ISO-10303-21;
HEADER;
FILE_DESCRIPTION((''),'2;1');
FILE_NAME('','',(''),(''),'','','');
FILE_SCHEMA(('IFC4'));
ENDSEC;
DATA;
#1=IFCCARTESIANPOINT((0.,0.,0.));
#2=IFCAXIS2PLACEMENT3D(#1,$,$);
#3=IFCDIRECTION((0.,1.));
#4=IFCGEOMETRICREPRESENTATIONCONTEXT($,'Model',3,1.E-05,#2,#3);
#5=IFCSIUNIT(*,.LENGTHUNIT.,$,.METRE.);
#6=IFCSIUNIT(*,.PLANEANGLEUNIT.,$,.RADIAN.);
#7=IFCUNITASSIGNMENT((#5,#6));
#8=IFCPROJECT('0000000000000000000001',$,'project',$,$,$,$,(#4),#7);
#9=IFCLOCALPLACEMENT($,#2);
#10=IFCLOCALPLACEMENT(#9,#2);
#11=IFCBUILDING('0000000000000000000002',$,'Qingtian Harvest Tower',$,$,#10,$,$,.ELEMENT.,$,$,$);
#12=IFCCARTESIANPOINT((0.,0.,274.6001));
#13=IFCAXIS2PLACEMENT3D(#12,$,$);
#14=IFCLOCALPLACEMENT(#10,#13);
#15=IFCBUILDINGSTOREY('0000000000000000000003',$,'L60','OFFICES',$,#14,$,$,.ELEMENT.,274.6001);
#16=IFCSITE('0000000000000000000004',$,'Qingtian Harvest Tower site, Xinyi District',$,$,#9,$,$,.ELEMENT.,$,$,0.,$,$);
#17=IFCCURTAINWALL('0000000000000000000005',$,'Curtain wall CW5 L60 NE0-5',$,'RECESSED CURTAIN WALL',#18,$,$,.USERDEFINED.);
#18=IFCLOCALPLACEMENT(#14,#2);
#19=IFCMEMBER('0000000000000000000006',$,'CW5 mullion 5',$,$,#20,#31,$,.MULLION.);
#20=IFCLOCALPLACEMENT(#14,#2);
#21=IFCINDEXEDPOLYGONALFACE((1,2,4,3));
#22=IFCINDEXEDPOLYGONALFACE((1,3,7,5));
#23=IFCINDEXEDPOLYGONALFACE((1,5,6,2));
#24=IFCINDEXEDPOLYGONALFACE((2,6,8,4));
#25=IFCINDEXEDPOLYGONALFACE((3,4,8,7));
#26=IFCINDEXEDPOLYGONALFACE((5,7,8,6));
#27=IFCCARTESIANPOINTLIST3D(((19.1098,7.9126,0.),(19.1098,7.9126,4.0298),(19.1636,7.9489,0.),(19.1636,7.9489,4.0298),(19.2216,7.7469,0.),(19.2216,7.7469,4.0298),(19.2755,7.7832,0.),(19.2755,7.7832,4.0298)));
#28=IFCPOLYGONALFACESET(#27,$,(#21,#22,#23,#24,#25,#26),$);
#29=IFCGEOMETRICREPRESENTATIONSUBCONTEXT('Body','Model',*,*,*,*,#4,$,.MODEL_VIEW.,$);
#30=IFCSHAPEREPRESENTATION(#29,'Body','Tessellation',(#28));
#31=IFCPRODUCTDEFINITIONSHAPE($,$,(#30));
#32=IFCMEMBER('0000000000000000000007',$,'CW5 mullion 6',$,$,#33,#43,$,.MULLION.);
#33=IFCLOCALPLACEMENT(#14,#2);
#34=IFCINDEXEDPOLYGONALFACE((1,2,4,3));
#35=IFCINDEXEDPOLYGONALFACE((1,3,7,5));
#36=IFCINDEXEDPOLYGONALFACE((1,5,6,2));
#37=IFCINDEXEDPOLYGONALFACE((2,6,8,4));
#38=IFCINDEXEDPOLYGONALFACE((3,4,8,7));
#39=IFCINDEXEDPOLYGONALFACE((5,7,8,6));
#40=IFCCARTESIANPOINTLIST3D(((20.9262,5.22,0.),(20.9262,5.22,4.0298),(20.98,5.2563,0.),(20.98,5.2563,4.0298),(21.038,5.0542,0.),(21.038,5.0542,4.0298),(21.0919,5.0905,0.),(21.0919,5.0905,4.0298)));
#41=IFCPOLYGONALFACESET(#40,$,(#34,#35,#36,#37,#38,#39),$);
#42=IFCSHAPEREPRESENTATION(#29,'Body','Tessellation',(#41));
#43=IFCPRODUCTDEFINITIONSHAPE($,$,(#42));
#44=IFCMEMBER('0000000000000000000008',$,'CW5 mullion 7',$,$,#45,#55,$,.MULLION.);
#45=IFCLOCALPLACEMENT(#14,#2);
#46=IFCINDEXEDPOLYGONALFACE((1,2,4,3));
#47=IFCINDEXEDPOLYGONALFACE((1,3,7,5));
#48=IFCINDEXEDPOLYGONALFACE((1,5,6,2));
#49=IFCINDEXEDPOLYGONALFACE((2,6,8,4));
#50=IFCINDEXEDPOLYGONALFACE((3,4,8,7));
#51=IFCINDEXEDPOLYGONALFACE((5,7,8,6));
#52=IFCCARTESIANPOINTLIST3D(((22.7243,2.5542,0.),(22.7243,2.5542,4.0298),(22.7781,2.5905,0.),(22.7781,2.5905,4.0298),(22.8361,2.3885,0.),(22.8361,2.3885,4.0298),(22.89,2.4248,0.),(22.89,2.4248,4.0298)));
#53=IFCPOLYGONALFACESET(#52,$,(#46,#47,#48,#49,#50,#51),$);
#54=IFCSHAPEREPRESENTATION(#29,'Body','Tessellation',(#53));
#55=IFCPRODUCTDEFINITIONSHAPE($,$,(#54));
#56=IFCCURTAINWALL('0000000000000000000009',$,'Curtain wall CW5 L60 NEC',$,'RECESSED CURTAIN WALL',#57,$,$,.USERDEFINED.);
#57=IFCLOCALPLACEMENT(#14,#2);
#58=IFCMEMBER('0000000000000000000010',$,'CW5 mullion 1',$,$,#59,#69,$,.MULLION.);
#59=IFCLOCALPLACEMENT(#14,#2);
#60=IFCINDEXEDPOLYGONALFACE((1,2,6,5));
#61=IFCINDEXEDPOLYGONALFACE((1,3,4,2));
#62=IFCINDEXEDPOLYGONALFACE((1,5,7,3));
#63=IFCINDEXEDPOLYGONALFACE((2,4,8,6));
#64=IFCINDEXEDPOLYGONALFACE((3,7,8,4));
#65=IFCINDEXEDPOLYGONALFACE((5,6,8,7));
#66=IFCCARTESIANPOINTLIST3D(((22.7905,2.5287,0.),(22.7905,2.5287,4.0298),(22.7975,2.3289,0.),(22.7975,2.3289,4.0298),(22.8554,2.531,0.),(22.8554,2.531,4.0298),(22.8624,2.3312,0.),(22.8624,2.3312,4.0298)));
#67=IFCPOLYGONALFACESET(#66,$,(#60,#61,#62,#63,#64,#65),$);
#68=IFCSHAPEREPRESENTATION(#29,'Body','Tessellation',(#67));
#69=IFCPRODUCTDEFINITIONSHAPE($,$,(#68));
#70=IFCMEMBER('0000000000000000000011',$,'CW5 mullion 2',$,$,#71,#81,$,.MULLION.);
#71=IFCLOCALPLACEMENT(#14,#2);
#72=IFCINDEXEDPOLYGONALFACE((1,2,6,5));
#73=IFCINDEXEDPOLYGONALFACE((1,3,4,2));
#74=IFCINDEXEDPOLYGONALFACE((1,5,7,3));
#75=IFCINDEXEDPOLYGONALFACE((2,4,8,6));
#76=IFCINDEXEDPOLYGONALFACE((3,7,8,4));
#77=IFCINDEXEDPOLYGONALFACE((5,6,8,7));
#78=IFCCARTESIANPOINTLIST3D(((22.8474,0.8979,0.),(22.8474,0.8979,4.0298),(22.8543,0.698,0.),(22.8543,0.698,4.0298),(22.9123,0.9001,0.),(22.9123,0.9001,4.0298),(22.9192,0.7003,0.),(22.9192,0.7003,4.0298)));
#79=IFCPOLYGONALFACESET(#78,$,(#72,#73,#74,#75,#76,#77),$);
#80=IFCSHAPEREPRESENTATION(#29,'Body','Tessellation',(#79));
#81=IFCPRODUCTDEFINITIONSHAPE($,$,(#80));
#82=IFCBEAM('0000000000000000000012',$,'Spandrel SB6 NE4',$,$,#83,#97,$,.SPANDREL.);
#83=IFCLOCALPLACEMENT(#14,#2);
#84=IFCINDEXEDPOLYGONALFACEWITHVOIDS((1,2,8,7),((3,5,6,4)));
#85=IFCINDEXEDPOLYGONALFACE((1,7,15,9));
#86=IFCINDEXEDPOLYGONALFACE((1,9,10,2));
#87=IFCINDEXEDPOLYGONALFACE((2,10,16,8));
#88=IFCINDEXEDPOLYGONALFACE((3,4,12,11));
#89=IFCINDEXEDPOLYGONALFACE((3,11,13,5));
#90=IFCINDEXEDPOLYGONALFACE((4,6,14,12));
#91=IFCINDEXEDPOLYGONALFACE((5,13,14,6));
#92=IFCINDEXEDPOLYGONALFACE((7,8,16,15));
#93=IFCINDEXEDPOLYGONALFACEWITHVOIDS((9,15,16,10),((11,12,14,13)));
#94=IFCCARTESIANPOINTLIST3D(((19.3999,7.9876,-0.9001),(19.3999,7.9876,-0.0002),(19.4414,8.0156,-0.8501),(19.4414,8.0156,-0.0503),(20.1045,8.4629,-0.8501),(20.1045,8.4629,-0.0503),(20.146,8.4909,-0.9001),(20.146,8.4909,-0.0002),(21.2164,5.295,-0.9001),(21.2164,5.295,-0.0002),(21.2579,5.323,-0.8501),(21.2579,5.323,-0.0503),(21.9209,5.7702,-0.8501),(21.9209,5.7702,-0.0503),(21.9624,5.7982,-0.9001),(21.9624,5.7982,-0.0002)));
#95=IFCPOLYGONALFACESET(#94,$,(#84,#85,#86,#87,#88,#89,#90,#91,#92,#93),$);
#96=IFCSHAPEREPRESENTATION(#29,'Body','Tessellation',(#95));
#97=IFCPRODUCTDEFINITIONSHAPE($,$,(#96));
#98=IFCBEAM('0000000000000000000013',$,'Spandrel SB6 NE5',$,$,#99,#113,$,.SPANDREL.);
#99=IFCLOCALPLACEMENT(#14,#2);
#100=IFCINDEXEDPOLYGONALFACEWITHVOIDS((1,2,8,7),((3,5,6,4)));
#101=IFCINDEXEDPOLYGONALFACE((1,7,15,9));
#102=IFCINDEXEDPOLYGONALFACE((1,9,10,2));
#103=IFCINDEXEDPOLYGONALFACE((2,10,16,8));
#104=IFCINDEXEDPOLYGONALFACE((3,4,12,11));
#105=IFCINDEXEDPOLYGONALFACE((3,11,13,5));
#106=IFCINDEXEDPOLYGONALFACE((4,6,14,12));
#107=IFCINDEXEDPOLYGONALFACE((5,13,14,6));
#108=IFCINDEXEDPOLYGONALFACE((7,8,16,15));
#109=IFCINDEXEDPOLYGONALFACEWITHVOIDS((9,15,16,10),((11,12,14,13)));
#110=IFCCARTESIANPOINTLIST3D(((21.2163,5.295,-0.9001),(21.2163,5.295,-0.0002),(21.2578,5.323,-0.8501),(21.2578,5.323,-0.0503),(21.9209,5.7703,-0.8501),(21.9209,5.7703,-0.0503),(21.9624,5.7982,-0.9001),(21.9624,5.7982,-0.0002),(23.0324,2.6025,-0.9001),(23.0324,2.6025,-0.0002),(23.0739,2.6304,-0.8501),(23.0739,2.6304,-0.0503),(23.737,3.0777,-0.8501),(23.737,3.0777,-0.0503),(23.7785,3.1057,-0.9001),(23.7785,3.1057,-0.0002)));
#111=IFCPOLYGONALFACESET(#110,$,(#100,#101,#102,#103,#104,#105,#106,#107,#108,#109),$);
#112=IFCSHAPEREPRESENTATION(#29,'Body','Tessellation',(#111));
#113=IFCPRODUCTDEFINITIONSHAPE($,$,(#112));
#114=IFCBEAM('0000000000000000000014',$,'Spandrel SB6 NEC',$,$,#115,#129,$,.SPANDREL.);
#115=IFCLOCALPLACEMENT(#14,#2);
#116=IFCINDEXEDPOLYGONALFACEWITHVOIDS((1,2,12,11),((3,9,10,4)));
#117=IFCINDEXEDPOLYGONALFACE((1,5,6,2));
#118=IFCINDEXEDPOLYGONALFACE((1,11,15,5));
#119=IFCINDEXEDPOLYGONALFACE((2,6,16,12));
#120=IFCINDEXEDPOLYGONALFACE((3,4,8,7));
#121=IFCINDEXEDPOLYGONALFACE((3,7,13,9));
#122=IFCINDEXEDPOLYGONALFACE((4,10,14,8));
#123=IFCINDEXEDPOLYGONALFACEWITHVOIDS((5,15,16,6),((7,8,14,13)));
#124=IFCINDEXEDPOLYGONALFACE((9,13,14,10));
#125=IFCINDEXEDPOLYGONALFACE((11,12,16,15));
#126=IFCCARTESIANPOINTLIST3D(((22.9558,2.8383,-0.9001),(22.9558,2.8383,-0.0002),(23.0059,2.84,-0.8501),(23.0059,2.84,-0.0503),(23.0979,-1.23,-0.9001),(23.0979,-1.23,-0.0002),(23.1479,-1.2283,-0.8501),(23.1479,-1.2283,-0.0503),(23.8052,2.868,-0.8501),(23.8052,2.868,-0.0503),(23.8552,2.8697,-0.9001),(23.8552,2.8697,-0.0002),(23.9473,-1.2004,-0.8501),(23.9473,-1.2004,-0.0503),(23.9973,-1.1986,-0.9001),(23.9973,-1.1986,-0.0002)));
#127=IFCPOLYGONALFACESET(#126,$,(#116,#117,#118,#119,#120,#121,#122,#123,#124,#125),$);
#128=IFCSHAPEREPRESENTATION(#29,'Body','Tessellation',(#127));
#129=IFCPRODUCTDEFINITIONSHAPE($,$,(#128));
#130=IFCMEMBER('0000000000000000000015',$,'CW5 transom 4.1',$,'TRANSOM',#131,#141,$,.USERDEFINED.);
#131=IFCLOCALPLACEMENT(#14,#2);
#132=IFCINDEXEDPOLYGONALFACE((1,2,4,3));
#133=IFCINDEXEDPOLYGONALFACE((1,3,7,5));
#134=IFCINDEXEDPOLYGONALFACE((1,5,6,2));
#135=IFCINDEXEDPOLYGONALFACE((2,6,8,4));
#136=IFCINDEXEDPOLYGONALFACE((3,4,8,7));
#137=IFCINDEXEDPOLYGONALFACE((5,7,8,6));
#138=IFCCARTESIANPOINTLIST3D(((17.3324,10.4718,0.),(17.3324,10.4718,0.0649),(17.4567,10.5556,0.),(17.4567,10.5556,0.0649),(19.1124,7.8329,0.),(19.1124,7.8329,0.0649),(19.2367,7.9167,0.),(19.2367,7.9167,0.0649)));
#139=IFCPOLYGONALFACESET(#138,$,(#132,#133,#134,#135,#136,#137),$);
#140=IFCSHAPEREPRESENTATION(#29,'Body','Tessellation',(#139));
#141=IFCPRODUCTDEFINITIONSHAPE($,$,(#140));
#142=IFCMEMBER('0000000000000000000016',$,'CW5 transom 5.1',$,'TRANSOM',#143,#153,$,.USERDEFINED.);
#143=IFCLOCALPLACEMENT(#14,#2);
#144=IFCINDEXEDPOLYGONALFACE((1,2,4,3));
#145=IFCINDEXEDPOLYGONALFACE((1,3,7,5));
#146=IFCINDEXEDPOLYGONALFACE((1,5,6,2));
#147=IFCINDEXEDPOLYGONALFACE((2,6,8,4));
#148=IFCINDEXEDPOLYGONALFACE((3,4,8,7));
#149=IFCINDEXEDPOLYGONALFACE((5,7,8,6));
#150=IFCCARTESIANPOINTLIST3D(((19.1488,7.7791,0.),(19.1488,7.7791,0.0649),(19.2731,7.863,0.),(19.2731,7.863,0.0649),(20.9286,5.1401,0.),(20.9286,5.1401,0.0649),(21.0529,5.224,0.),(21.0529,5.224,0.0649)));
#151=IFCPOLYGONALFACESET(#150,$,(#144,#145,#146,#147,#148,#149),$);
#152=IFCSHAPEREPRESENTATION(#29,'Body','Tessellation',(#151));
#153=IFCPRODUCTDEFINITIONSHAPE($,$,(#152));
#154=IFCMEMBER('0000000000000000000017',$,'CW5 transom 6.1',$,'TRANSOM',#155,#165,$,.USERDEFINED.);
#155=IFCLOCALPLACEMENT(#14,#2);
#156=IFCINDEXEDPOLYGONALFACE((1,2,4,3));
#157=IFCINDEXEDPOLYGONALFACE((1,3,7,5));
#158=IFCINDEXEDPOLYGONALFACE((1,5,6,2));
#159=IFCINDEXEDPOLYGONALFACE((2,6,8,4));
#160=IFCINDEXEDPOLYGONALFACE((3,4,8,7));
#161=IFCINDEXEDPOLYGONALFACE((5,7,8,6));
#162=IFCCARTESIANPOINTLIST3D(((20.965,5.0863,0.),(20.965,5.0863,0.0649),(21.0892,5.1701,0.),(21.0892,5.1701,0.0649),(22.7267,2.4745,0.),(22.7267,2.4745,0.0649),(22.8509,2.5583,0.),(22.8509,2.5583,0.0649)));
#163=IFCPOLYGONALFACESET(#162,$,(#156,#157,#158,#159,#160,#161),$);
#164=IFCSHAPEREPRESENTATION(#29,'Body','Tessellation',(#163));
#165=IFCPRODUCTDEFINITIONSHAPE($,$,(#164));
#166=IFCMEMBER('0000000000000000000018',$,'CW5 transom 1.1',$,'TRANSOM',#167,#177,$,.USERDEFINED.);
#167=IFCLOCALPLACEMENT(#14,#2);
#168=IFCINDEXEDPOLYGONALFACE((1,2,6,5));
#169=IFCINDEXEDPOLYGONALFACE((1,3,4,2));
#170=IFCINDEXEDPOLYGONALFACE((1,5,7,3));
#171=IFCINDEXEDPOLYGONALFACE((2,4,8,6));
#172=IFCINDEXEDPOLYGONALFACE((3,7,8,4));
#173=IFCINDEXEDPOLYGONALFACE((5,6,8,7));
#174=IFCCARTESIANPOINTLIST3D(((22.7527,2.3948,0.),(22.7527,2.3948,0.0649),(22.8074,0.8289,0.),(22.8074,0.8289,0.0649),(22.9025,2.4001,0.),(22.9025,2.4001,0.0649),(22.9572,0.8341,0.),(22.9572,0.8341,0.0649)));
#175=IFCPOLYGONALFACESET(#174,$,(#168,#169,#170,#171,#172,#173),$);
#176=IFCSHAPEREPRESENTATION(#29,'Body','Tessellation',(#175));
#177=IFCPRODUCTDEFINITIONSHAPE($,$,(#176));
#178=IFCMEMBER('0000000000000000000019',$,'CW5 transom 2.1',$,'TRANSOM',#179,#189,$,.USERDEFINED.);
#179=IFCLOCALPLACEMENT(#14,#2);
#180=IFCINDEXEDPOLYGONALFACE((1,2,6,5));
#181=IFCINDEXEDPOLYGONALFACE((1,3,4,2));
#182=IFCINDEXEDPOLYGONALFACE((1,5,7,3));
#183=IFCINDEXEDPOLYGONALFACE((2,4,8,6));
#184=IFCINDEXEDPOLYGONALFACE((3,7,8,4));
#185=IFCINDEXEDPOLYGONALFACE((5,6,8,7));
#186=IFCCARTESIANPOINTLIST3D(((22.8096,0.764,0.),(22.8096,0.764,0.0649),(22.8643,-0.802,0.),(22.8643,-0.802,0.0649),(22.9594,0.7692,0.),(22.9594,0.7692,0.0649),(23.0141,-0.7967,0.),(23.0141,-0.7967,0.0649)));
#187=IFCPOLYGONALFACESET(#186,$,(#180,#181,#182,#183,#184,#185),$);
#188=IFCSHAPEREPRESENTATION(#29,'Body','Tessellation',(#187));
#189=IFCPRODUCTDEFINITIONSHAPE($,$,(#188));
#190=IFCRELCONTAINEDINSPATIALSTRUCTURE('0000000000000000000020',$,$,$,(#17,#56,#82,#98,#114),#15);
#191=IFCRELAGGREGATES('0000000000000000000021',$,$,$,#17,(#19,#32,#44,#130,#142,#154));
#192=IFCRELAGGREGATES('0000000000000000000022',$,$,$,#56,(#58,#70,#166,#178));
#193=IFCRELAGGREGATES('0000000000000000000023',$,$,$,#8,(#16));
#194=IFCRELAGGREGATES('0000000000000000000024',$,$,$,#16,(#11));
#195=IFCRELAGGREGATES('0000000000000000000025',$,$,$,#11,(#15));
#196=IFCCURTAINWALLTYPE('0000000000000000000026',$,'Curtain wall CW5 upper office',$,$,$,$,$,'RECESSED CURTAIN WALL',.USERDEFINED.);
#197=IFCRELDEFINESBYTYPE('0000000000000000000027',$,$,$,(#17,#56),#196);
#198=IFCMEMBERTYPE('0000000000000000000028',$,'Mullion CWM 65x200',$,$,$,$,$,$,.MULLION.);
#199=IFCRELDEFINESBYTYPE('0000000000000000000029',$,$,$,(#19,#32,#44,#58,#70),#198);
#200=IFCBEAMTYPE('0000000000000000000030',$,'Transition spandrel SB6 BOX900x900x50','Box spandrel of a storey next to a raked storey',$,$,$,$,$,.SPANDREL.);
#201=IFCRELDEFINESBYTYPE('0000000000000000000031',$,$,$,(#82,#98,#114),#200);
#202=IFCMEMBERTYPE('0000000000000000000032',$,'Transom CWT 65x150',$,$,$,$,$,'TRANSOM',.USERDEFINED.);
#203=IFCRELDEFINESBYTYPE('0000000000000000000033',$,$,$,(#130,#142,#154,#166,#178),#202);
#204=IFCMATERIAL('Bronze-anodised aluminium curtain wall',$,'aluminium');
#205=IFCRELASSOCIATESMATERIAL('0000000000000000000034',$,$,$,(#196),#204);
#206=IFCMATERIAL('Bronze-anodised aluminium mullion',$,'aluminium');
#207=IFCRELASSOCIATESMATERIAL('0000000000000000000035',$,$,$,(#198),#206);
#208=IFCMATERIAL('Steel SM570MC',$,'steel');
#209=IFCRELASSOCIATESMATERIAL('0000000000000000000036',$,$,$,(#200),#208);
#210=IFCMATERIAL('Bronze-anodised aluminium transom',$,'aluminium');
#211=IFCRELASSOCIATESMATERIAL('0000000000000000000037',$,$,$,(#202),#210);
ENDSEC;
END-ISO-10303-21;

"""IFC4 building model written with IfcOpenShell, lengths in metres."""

from ifc_helpers import new_model, si_unit, direction, frame, origin, origin_2d, place, context, subcontext, project, spatial, rectangle, hollow_rectangle, extrude, material, material_profile, profile_set, type_object, element, aggregate, save


model = new_model("IFC4")

# Units and contexts
model_context = context("Model", 3, precision=1e-05, world=origin(), true_north=direction((0.0, 1.0)))
body_context = subcontext(model_context, "Body", "Model", "MODEL_VIEW")
ifc_project = project(units=[si_unit("LENGTHUNIT", "METRE"), si_unit("PLANEANGLEUNIT", "RADIAN")], contexts=[model_context])

# Site, building, storey
site_placement = place(None, origin())
site = spatial("IfcSite", under=ifc_project, at=site_placement, Name="Qingtian Harvest Tower site, Xinyi District", CompositionType="ELEMENT", RefElevation=0.0)
building_placement = place(site_placement, origin())
building = spatial("IfcBuilding", under=site, at=building_placement, Name="Qingtian Harvest Tower", CompositionType="ELEMENT")
storey_placement = place(building_placement, frame((0.0, 0.0, 274.6001)))
storey = spatial("IfcBuildingStorey", under=building, at=storey_placement, Name="L60", Description="OFFICES", CompositionType="ELEMENT", Elevation=274.6001)

# Curtain walls, members
ifc_material_1 = material(Name="Bronze-anodised aluminium curtain wall", Category="aluminium")
curtain_wall_type = type_object("IfcCurtainWallType", Name="Curtain wall CW5 upper office", ElementType="RECESSED CURTAIN WALL", PredefinedType="USERDEFINED", material=ifc_material_1)
curtain_wall_1_placement = place(storey_placement, origin())
curtain_wall_1 = element("IfcCurtainWall", 1, at=curtain_wall_1_placement, inside=storey, type_object=curtain_wall_type, Name="Curtain wall CW5 L60 NE0-5", ObjectType="RECESSED CURTAIN WALL", PredefinedType="USERDEFINED")
ifc_material_2 = material(Name="Bronze-anodised aluminium mullion", Category="aluminium")
ifc_material_profile_1 = material_profile(ifc_material_2, rectangle(XDim=0.0649, YDim=0.2, at=origin_2d()), Name="AL 65x200")
ifc_profile_set_1 = profile_set([ifc_material_profile_1], Name="Bronze-anodised aluminium mullion")
member_type_1 = type_object("IfcMemberType", Name="Mullion CWM 65x200", PredefinedType="MULLION", material=ifc_profile_set_1)
member_1_placement = place(storey_placement, frame((19.1926, 7.8479, 0.0), z_axis=(0.0, 0.0, 1.0), x_axis=(0.829038, 0.559193, 0.0)))
member_1 = element("IfcMember", 2, at=member_1_placement, type_object=member_type_1, Name="CW5 mullion 5", PredefinedType="MULLION", context=body_context, shape_type="SweptSolid", body=[
    extrude(rectangle(XDim=0.0649, YDim=0.2, at=origin_2d()), origin(), (0.0, 0.0, 1.0), 4.0298),
])
member_2_placement = place(storey_placement, frame((21.009, 5.1553, 0.0), z_axis=(0.0, 0.0, 1.0), x_axis=(0.829038, 0.559193, 0.0)))
member_2 = element("IfcMember", 3, at=member_2_placement, type_object=member_type_1, Name="CW5 mullion 6", PredefinedType="MULLION", context=body_context, shape_type="SweptSolid", body=[
    extrude(rectangle(XDim=0.0649, YDim=0.2, at=origin_2d()), origin(), (0.0, 0.0, 1.0), 4.0298),
])
member_3_placement = place(storey_placement, frame((22.8071, 2.4895, 0.0), z_axis=(0.0, 0.0, 1.0), x_axis=(0.829038, 0.559193, 0.0)))
member_3 = element("IfcMember", 4, at=member_3_placement, type_object=member_type_1, Name="CW5 mullion 7", PredefinedType="MULLION", context=body_context, shape_type="SweptSolid", body=[
    extrude(rectangle(XDim=0.0649, YDim=0.2, at=origin_2d()), origin(), (0.0, 0.0, 1.0), 4.0298),
])
curtain_wall_2_placement = place(storey_placement, origin())
curtain_wall_2 = element("IfcCurtainWall", 5, at=curtain_wall_2_placement, inside=storey, type_object=curtain_wall_type, Name="Curtain wall CW5 L60 NEC", ObjectType="RECESSED CURTAIN WALL", PredefinedType="USERDEFINED")
member_4_placement = place(storey_placement, frame((22.8264, 2.4299, 0.0), z_axis=(0.0, 0.0, 1.0), x_axis=(0.999391, 0.034899, 0.0)))
member_4 = element("IfcMember", 6, at=member_4_placement, type_object=member_type_1, Name="CW5 mullion 1", PredefinedType="MULLION", context=body_context, shape_type="SweptSolid", body=[
    extrude(rectangle(XDim=0.0649, YDim=0.2, at=origin_2d()), origin(), (0.0, 0.0, 1.0), 4.0298),
])
member_5_placement = place(storey_placement, frame((22.8833, 0.7991, 0.0), z_axis=(0.0, 0.0, 1.0), x_axis=(0.999391, 0.034899, 0.0)))
member_5 = element("IfcMember", 7, at=member_5_placement, type_object=member_type_1, Name="CW5 mullion 2", PredefinedType="MULLION", context=body_context, shape_type="SweptSolid", body=[
    extrude(rectangle(XDim=0.0649, YDim=0.2, at=origin_2d()), origin(), (0.0, 0.0, 1.0), 4.0298),
])

# Beams
ifc_material_3 = material(Name="Steel SM570MC", Category="steel")
ifc_material_profile_2 = material_profile(ifc_material_3, hollow_rectangle(XDim=0.8999, YDim=0.8999, WallThickness=0.05, at=origin_2d()), Name="BOX900x900x50")
ifc_profile_set_2 = profile_set([ifc_material_profile_2], Name="Steel SM570MC")
beam_type_1 = type_object("IfcBeamType", Name="Transition spandrel SB6 BOX900x900x50", Description="Box spandrel of a storey next to a raked storey", PredefinedType="SPANDREL", material=ifc_profile_set_2)
beam_1_placement = place(storey_placement, frame((19.7729, 8.2393, -0.4502), z_axis=(0.559237, -0.829008, 0.0), x_axis=(0.829008, 0.559237, 0.0)))
element("IfcBeam", 8, at=beam_1_placement, inside=storey, type_object=beam_type_1, Name="Spandrel SB6 NE4", PredefinedType="SPANDREL", context=body_context, shape_type="SweptSolid", body=[
    extrude(hollow_rectangle(XDim=0.8999, YDim=0.8999, WallThickness=0.05, at=origin_2d()), origin(), (0.0, 0.0, 1.0), 3.248),
])
beam_2_placement = place(storey_placement, frame((21.5894, 5.5466, -0.4502), z_axis=(0.559185, -0.829043, 0.0), x_axis=(0.829043, 0.559185, 0.0)))
element("IfcBeam", 9, at=beam_2_placement, inside=storey, type_object=beam_type_1, Name="Spandrel SB6 NE5", PredefinedType="SPANDREL", context=body_context, shape_type="SweptSolid", body=[
    extrude(hollow_rectangle(XDim=0.8999, YDim=0.8999, WallThickness=0.05, at=origin_2d()), origin(), (0.0, 0.0, 1.0), 3.2478),
])
beam_3_placement = place(storey_placement, frame((23.4055, 2.854, -0.4502), z_axis=(0.034904, -0.999391, 0.0), x_axis=(0.999391, 0.034904, 0.0)))
element("IfcBeam", 10, at=beam_3_placement, inside=storey, type_object=beam_type_1, Name="Spandrel SB6 NEC", PredefinedType="SPANDREL", context=body_context, shape_type="SweptSolid", body=[
    extrude(hollow_rectangle(XDim=0.8999, YDim=0.8999, WallThickness=0.05, at=origin_2d()), origin(), (0.0, 0.0, 1.0), 4.0708),
])

# Members
ifc_material_4 = material(Name="Bronze-anodised aluminium transom", Category="aluminium")
ifc_material_profile_3 = material_profile(ifc_material_4, rectangle(XDim=0.1499, YDim=0.0649, at=origin_2d()), Name="AL 65x150")
ifc_profile_set_3 = profile_set([ifc_material_profile_3], Name="Bronze-anodised aluminium transom")
member_type_2 = type_object("IfcMemberType", Name="Transom CWT 65x150", ElementType="TRANSOM", PredefinedType="USERDEFINED", material=ifc_profile_set_3)
member_6_placement = place(storey_placement, frame((17.3945, 10.5137, 0.0325), z_axis=(0.559205, -0.829029, 0.0), x_axis=(0.829029, 0.559205, 0.0)))
member_6 = element("IfcMember", 11, at=member_6_placement, type_object=member_type_2, Name="CW5 transom 4.1", ObjectType="TRANSOM", PredefinedType="USERDEFINED", context=body_context, shape_type="SweptSolid", body=[
    extrude(rectangle(XDim=0.1499, YDim=0.0649, at=origin_2d()), origin(), (0.0, 0.0, 1.0), 3.1831),
])
member_7_placement = place(storey_placement, frame((19.2109, 7.821, 0.0325), z_axis=(0.559153, -0.829065, 0.0), x_axis=(0.829065, 0.559153, 0.0)))
member_7 = element("IfcMember", 12, at=member_7_placement, type_object=member_type_2, Name="CW5 transom 5.1", ObjectType="TRANSOM", PredefinedType="USERDEFINED", context=body_context, shape_type="SweptSolid", body=[
    extrude(rectangle(XDim=0.1499, YDim=0.0649, at=origin_2d()), origin(), (0.0, 0.0, 1.0), 3.1831),
])
member_8_placement = place(storey_placement, frame((21.0271, 5.1282, 0.0325), z_axis=(0.559199, -0.829034, 0.0), x_axis=(0.829034, 0.559199, 0.0)))
member_8 = element("IfcMember", 13, at=member_8_placement, type_object=member_type_2, Name="CW5 transom 6.1", ObjectType="TRANSOM", PredefinedType="USERDEFINED", context=body_context, shape_type="SweptSolid", body=[
    extrude(rectangle(XDim=0.1499, YDim=0.0649, at=origin_2d()), origin(), (0.0, 0.0, 1.0), 3.1504),
])
member_9_placement = place(storey_placement, frame((22.8276, 2.3975, 0.0325), z_axis=(0.034902, -0.999391, 0.0), x_axis=(0.999391, 0.034902, 0.0)))
member_9 = element("IfcMember", 14, at=member_9_placement, type_object=member_type_2, Name="CW5 transom 1.1", ObjectType="TRANSOM", PredefinedType="USERDEFINED", context=body_context, shape_type="SweptSolid", body=[
    extrude(rectangle(XDim=0.1499, YDim=0.0649, at=origin_2d()), origin(), (0.0, 0.0, 1.0), 1.5669),
])
member_10_placement = place(storey_placement, frame((22.8845, 0.7666, 0.0325), z_axis=(0.034902, -0.999391, 0.0), x_axis=(0.999391, 0.034902, 0.0)))
member_10 = element("IfcMember", 15, at=member_10_placement, type_object=member_type_2, Name="CW5 transom 2.1", ObjectType="TRANSOM", PredefinedType="USERDEFINED", context=body_context, shape_type="SweptSolid", body=[
    extrude(rectangle(XDim=0.1499, YDim=0.0649, at=origin_2d()), origin(), (0.0, 0.0, 1.0), 1.5669),
])

aggregate(curtain_wall_1, [member_1, member_2, member_3, member_6, member_7, member_8])
aggregate(curtain_wall_2, [member_4, member_5, member_9, member_10])

save(model, "model.ifc")
